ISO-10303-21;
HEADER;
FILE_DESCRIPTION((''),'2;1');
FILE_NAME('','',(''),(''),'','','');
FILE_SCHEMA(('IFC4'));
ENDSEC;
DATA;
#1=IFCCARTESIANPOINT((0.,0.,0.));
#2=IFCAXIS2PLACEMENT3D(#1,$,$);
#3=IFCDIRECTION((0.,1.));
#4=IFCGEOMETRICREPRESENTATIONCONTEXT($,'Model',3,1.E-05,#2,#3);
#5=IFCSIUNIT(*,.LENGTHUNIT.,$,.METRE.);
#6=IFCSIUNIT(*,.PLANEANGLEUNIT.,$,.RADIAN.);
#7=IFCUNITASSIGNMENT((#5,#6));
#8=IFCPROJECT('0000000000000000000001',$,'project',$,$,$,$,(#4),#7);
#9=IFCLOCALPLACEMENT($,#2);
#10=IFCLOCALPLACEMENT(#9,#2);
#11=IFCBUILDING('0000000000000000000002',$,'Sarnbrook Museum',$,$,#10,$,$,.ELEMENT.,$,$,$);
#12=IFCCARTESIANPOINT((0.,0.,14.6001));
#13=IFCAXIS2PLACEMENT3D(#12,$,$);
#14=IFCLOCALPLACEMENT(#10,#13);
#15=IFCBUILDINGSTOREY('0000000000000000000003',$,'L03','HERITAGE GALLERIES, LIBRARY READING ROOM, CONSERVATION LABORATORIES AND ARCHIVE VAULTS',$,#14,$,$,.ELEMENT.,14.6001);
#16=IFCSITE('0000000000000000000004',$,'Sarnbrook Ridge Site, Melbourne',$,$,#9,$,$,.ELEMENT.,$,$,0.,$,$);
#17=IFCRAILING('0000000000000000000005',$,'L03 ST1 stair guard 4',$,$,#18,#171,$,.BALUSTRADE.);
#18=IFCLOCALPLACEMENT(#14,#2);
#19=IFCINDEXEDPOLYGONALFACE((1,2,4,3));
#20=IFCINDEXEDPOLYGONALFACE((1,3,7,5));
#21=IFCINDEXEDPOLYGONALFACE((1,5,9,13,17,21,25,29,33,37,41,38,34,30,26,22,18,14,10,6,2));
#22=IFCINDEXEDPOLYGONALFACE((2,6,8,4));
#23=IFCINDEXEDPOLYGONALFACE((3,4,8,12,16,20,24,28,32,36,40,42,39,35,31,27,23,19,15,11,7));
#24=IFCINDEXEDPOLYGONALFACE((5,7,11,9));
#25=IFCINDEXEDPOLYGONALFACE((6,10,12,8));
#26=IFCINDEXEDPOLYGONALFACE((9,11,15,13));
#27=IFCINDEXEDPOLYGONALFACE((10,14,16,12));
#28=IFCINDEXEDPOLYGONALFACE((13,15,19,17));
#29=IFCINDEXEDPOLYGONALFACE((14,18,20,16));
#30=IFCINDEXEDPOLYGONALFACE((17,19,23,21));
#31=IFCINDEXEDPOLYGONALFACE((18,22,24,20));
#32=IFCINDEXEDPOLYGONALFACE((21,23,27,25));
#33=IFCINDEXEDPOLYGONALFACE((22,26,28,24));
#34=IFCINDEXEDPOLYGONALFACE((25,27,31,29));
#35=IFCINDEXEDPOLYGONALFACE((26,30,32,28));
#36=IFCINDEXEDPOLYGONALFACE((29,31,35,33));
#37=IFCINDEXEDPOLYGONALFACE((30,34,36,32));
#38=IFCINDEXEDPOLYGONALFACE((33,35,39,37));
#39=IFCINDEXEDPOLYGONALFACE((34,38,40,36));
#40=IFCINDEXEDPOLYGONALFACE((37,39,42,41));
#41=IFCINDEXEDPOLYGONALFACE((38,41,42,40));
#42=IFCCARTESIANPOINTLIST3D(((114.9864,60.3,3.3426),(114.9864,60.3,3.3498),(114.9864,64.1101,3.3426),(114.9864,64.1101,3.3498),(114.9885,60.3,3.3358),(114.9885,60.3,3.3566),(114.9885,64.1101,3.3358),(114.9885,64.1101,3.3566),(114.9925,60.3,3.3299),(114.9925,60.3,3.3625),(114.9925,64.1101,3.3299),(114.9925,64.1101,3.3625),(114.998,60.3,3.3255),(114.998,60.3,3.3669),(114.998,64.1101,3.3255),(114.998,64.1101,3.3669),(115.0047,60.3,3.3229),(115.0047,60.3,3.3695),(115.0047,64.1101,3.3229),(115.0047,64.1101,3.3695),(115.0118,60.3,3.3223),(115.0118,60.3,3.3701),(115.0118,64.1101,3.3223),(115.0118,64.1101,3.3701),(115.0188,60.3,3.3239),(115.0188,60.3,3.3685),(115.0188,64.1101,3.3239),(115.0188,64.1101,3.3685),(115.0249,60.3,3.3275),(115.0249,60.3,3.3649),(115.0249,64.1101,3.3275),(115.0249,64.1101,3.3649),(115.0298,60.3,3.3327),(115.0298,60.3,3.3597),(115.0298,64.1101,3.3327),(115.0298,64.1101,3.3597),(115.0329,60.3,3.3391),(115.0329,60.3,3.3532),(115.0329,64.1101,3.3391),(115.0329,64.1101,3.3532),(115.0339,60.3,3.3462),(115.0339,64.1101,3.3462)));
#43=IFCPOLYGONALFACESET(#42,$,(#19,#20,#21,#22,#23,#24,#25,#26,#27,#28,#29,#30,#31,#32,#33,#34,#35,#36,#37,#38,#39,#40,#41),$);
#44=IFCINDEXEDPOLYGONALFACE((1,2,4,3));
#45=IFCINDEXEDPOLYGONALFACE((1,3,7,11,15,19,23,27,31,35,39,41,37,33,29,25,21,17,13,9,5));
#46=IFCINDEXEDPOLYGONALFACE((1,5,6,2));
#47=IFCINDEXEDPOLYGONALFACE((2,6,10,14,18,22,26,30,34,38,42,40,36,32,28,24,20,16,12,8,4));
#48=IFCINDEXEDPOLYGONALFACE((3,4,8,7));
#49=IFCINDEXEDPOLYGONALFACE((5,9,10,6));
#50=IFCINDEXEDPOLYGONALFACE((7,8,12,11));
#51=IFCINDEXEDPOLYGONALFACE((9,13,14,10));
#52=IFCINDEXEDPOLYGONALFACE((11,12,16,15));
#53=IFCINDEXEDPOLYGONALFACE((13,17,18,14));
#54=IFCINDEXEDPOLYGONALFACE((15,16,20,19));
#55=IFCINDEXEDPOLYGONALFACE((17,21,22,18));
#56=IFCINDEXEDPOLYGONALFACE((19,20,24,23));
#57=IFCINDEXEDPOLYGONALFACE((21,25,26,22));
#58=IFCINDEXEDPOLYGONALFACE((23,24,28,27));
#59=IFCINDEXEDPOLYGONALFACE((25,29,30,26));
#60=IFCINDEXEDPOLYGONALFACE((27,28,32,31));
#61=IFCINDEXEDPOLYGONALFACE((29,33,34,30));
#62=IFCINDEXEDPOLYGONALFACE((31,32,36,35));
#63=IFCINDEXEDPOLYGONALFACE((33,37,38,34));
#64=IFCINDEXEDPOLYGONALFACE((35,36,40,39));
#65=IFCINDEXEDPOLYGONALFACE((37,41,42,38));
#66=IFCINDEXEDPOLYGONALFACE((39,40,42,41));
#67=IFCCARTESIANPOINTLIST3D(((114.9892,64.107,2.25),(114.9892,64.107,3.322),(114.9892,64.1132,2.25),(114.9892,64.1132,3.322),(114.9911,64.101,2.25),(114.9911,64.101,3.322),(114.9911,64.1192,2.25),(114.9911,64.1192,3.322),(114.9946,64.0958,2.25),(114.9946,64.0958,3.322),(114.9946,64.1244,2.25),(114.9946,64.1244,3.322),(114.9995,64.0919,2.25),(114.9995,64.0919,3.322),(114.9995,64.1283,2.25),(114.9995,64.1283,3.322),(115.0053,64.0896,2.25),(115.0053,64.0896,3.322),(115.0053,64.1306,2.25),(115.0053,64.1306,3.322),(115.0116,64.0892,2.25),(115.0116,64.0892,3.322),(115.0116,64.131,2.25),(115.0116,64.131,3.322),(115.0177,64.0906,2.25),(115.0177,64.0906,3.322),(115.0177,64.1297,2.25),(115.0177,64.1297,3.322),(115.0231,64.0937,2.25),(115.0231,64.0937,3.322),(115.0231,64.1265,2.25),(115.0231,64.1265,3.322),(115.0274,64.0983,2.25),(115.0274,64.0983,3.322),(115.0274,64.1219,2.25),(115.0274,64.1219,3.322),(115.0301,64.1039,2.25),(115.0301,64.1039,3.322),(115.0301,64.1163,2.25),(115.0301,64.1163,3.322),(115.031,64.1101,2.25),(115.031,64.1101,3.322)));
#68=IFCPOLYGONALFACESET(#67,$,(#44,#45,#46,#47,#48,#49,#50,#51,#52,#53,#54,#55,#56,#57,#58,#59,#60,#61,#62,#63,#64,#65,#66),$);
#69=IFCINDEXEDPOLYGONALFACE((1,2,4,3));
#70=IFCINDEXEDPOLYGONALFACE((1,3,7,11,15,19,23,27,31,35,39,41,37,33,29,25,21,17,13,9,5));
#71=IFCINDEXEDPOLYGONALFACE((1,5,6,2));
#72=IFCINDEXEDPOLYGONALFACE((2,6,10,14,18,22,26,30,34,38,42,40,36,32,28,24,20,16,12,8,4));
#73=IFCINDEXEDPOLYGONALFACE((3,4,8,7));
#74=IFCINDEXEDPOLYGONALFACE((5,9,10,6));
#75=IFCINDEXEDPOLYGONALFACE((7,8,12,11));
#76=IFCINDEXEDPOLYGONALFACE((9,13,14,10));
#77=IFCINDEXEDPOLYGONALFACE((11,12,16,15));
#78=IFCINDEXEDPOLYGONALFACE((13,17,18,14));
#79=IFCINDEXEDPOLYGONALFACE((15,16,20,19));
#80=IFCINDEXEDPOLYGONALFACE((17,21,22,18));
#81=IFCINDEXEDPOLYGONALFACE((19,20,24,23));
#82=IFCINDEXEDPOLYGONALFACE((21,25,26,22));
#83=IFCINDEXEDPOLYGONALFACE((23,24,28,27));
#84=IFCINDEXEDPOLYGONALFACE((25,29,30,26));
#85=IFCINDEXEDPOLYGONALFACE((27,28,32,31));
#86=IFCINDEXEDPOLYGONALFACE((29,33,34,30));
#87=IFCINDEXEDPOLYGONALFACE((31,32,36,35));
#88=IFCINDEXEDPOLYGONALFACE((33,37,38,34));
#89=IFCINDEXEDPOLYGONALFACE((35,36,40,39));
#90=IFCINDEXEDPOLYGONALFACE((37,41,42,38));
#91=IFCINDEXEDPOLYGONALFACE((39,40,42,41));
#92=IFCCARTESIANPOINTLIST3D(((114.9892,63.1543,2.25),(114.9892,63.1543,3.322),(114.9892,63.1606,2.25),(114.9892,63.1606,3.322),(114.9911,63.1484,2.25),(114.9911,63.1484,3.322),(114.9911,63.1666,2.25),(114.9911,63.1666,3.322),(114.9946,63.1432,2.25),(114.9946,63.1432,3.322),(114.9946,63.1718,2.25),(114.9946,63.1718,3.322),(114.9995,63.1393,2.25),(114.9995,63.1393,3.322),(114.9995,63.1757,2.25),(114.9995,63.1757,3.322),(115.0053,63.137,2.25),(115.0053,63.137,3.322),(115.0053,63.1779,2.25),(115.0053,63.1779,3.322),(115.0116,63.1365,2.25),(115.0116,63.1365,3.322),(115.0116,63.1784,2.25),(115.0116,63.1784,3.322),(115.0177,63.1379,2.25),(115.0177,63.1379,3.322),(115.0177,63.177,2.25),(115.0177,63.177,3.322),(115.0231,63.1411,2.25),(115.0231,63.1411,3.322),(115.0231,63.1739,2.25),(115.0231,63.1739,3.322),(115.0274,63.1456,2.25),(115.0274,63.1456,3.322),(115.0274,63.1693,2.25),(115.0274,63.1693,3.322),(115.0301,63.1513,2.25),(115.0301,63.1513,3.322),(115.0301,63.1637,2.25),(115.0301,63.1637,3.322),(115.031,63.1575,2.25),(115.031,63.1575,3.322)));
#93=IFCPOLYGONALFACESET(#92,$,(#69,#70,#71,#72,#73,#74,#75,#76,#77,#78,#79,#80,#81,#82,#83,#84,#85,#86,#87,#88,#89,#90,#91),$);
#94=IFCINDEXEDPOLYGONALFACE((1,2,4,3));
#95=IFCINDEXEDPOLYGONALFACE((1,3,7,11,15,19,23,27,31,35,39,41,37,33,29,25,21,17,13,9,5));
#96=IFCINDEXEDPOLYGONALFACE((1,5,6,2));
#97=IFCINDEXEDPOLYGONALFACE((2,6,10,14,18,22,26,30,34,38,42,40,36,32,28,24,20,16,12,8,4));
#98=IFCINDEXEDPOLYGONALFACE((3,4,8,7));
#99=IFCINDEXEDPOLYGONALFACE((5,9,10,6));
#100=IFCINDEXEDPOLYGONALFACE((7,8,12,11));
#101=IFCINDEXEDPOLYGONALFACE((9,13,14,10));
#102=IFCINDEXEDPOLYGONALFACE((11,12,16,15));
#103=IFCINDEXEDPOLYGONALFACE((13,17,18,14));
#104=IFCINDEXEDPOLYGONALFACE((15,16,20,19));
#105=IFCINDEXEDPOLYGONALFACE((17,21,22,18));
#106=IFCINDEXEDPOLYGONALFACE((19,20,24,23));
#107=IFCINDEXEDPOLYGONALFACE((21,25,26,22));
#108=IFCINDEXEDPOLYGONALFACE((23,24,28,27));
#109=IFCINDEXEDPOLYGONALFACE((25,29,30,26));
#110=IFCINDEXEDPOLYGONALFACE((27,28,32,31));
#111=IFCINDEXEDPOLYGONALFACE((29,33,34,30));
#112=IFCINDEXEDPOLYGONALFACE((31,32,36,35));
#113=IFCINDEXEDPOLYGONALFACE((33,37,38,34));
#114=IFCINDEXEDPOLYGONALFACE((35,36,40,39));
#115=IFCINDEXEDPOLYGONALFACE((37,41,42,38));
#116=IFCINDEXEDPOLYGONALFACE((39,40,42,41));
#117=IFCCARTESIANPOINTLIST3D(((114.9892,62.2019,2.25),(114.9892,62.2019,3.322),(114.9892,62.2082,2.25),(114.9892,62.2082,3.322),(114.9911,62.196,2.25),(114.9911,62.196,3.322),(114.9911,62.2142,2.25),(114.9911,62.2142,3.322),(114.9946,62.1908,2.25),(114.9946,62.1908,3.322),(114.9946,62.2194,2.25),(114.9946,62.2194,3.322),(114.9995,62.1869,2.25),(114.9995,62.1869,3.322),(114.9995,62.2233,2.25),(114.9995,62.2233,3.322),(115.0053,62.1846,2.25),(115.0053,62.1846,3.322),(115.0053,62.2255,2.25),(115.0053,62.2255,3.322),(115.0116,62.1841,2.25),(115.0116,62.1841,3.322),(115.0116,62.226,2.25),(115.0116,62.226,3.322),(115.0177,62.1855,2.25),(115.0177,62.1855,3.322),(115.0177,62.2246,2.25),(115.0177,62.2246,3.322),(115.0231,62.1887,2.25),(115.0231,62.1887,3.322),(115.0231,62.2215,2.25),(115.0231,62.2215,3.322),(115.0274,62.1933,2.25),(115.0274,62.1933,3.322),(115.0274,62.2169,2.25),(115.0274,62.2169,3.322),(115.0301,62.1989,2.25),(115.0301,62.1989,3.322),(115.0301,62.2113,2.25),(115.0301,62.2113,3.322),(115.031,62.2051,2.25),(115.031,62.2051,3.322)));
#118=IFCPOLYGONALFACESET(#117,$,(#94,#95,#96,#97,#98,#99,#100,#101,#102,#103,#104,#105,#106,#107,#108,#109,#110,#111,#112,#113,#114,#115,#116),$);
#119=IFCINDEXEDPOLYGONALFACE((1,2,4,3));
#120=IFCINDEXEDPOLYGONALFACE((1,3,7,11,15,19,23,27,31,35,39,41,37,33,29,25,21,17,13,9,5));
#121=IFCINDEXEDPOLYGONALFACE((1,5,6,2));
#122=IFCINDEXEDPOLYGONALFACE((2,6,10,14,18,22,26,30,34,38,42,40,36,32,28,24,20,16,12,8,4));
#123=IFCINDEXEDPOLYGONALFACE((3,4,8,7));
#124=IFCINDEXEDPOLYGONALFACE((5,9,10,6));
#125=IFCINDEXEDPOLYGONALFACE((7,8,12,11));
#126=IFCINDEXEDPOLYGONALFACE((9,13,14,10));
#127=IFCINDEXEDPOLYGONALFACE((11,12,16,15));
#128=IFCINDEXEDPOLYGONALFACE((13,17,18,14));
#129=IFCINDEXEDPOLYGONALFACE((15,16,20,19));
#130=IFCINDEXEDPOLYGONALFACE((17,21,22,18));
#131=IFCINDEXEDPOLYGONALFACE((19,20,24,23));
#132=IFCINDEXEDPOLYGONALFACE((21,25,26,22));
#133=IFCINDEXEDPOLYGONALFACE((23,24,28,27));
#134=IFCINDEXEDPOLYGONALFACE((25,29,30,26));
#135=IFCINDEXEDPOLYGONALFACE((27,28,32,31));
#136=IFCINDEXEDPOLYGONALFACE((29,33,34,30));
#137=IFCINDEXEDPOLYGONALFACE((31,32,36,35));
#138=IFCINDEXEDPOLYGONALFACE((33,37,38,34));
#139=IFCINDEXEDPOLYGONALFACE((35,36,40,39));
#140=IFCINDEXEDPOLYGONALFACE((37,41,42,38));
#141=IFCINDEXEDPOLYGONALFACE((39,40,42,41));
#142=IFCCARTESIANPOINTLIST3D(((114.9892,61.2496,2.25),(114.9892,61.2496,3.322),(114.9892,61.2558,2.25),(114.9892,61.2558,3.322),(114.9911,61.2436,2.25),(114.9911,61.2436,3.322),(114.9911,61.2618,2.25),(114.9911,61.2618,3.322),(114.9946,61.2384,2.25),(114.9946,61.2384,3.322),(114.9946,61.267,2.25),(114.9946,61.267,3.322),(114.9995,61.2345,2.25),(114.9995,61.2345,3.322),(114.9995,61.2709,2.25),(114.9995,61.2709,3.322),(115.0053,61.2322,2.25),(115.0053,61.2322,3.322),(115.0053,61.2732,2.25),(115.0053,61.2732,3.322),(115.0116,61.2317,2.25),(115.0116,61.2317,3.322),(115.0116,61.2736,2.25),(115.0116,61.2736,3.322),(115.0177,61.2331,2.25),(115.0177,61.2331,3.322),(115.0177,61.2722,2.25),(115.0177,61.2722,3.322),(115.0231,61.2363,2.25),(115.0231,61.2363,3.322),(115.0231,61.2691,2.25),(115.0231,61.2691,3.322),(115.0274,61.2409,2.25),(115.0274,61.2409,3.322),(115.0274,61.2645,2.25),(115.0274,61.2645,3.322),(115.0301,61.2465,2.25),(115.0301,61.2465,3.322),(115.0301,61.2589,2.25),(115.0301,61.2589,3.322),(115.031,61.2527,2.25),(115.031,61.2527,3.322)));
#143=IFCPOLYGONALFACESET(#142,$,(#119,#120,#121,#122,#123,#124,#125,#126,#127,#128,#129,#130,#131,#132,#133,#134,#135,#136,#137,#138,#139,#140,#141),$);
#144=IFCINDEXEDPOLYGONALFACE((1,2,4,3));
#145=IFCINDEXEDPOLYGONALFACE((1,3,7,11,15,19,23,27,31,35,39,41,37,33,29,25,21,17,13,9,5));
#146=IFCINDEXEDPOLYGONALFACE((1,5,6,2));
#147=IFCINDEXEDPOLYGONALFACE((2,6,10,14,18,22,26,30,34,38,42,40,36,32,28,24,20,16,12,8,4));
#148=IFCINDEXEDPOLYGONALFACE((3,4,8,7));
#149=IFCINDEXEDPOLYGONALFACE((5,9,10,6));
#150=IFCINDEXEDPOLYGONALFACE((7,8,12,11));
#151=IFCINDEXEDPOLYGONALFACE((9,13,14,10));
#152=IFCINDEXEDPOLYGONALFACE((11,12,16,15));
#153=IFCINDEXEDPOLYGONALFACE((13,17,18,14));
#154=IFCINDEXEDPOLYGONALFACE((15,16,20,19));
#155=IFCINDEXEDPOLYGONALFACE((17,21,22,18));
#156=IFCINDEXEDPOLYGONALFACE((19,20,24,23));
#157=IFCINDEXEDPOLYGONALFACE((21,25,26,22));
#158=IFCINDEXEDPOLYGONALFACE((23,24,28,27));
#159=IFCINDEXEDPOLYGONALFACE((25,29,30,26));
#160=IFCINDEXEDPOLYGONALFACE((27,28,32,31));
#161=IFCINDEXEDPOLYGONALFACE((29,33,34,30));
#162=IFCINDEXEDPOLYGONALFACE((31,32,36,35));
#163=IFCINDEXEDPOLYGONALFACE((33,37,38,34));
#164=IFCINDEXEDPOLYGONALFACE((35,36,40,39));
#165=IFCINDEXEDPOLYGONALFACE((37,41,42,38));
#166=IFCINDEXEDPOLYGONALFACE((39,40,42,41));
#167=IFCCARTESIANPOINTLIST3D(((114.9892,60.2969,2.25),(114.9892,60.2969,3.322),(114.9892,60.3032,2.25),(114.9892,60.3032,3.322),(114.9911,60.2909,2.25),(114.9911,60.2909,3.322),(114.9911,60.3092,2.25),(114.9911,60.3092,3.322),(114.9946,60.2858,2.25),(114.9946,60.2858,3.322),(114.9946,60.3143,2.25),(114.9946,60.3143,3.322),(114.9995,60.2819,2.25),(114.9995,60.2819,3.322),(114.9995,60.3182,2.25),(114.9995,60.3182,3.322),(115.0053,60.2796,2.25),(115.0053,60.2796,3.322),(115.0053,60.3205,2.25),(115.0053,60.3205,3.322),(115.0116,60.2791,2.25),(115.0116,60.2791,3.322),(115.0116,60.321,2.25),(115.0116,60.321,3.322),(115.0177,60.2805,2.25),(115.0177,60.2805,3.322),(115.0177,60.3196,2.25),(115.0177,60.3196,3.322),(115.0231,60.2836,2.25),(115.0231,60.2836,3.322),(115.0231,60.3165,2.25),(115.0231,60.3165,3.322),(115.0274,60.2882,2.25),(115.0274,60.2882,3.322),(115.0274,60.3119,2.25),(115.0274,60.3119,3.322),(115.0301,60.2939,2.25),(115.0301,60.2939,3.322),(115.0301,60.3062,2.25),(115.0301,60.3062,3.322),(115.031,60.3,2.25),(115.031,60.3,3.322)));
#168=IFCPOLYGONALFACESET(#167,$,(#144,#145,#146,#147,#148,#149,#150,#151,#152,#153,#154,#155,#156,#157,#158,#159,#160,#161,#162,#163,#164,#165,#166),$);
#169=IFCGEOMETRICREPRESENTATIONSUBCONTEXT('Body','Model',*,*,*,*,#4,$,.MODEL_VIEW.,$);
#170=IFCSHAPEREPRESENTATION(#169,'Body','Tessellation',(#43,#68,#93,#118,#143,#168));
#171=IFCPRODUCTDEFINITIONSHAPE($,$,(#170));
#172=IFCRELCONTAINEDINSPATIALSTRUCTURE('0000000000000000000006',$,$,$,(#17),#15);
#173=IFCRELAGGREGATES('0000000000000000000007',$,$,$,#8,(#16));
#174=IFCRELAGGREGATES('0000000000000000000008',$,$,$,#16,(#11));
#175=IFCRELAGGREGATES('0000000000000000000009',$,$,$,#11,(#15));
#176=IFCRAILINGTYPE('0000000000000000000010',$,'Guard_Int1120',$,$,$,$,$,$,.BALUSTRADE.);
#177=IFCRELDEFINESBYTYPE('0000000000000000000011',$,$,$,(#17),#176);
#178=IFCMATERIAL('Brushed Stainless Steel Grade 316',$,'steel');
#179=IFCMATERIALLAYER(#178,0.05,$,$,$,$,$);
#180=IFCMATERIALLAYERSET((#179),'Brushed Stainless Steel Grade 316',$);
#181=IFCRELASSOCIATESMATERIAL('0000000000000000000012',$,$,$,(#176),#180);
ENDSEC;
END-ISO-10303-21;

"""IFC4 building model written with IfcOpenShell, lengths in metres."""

from ifc_helpers import new_model, si_unit, direction, frame, origin, origin_2d, place, context, subcontext, project, spatial, circle, extrude, material, layer, layer_set, type_object, element, save


model = new_model("IFC4")

# Units and contexts
model_context = context("Model", 3, precision=1e-05, world=origin(), true_north=direction((0.0, 1.0)))
body_context = subcontext(model_context, "Body", "Model", "MODEL_VIEW")
ifc_project = project(units=[si_unit("LENGTHUNIT", "METRE"), si_unit("PLANEANGLEUNIT", "RADIAN")], contexts=[model_context])

# Site, building, storey
site_placement = place(None, origin())
site = spatial("IfcSite", under=ifc_project, at=site_placement, Name="Sarnbrook Ridge Site, Melbourne", CompositionType="ELEMENT", RefElevation=0.0)
building_placement = place(site_placement, origin())
building = spatial("IfcBuilding", under=site, at=building_placement, Name="Sarnbrook Museum", CompositionType="ELEMENT")
storey_placement = place(building_placement, frame((0.0, 0.0, 14.6001)))
storey = spatial("IfcBuildingStorey", under=building, at=storey_placement, Name="L03", Description="HERITAGE GALLERIES, LIBRARY READING ROOM, CONSERVATION LABORATORIES AND ARCHIVE VAULTS", CompositionType="ELEMENT", Elevation=14.6001)

# Shared definitions
ifc_material_1 = material(Name="Brushed Stainless Steel Grade 316", Category="steel")

# Railing
ifc_layer_1 = layer(ifc_material_1, 0.05)
ifc_layer_set_1 = layer_set([ifc_layer_1], Name="Brushed Stainless Steel Grade 316")
railing_type = type_object("IfcRailingType", Name="Guard_Int1120", PredefinedType="BALUSTRADE", material=ifc_layer_set_1)
for number, where, name in (
    (1, (115.01, 64.1101, 2.25), "L03 ST1 stair guard 4"),
):
    element("IfcRailing", number, at=place(storey_placement, frame(where)), inside=storey, type_object=railing_type, Name=name, PredefinedType="BALUSTRADE", context=body_context, shape_type="SweptSolid", body=[
        extrude(circle(Radius=0.0239, at=origin_2d()), frame((0.0, 0.0, 1.0962), z_axis=(0.0, -1.0, 0.0), x_axis=(1.0, 0.0, 0.0)), (0.0, 0.0, 1.0), 3.8101),
        extrude(circle(Radius=0.021, at=origin_2d()), origin(), (0.0, 0.0, 1.0), 1.072),
        extrude(circle(Radius=0.021, at=origin_2d()), frame((0.0, -0.9526, 0.0)), (0.0, 0.0, 1.0), 1.072),
        extrude(circle(Radius=0.021, at=origin_2d()), frame((0.0, -1.905, 0.0)), (0.0, 0.0, 1.0), 1.072),
        extrude(circle(Radius=0.021, at=origin_2d()), frame((0.0, -2.8574, 0.0)), (0.0, 0.0, 1.0), 1.072),
        extrude(circle(Radius=0.021, at=origin_2d()), frame((0.0, -3.8101, 0.0)), (0.0, 0.0, 1.0), 1.072),
    ])

save(model, "model.ifc")
